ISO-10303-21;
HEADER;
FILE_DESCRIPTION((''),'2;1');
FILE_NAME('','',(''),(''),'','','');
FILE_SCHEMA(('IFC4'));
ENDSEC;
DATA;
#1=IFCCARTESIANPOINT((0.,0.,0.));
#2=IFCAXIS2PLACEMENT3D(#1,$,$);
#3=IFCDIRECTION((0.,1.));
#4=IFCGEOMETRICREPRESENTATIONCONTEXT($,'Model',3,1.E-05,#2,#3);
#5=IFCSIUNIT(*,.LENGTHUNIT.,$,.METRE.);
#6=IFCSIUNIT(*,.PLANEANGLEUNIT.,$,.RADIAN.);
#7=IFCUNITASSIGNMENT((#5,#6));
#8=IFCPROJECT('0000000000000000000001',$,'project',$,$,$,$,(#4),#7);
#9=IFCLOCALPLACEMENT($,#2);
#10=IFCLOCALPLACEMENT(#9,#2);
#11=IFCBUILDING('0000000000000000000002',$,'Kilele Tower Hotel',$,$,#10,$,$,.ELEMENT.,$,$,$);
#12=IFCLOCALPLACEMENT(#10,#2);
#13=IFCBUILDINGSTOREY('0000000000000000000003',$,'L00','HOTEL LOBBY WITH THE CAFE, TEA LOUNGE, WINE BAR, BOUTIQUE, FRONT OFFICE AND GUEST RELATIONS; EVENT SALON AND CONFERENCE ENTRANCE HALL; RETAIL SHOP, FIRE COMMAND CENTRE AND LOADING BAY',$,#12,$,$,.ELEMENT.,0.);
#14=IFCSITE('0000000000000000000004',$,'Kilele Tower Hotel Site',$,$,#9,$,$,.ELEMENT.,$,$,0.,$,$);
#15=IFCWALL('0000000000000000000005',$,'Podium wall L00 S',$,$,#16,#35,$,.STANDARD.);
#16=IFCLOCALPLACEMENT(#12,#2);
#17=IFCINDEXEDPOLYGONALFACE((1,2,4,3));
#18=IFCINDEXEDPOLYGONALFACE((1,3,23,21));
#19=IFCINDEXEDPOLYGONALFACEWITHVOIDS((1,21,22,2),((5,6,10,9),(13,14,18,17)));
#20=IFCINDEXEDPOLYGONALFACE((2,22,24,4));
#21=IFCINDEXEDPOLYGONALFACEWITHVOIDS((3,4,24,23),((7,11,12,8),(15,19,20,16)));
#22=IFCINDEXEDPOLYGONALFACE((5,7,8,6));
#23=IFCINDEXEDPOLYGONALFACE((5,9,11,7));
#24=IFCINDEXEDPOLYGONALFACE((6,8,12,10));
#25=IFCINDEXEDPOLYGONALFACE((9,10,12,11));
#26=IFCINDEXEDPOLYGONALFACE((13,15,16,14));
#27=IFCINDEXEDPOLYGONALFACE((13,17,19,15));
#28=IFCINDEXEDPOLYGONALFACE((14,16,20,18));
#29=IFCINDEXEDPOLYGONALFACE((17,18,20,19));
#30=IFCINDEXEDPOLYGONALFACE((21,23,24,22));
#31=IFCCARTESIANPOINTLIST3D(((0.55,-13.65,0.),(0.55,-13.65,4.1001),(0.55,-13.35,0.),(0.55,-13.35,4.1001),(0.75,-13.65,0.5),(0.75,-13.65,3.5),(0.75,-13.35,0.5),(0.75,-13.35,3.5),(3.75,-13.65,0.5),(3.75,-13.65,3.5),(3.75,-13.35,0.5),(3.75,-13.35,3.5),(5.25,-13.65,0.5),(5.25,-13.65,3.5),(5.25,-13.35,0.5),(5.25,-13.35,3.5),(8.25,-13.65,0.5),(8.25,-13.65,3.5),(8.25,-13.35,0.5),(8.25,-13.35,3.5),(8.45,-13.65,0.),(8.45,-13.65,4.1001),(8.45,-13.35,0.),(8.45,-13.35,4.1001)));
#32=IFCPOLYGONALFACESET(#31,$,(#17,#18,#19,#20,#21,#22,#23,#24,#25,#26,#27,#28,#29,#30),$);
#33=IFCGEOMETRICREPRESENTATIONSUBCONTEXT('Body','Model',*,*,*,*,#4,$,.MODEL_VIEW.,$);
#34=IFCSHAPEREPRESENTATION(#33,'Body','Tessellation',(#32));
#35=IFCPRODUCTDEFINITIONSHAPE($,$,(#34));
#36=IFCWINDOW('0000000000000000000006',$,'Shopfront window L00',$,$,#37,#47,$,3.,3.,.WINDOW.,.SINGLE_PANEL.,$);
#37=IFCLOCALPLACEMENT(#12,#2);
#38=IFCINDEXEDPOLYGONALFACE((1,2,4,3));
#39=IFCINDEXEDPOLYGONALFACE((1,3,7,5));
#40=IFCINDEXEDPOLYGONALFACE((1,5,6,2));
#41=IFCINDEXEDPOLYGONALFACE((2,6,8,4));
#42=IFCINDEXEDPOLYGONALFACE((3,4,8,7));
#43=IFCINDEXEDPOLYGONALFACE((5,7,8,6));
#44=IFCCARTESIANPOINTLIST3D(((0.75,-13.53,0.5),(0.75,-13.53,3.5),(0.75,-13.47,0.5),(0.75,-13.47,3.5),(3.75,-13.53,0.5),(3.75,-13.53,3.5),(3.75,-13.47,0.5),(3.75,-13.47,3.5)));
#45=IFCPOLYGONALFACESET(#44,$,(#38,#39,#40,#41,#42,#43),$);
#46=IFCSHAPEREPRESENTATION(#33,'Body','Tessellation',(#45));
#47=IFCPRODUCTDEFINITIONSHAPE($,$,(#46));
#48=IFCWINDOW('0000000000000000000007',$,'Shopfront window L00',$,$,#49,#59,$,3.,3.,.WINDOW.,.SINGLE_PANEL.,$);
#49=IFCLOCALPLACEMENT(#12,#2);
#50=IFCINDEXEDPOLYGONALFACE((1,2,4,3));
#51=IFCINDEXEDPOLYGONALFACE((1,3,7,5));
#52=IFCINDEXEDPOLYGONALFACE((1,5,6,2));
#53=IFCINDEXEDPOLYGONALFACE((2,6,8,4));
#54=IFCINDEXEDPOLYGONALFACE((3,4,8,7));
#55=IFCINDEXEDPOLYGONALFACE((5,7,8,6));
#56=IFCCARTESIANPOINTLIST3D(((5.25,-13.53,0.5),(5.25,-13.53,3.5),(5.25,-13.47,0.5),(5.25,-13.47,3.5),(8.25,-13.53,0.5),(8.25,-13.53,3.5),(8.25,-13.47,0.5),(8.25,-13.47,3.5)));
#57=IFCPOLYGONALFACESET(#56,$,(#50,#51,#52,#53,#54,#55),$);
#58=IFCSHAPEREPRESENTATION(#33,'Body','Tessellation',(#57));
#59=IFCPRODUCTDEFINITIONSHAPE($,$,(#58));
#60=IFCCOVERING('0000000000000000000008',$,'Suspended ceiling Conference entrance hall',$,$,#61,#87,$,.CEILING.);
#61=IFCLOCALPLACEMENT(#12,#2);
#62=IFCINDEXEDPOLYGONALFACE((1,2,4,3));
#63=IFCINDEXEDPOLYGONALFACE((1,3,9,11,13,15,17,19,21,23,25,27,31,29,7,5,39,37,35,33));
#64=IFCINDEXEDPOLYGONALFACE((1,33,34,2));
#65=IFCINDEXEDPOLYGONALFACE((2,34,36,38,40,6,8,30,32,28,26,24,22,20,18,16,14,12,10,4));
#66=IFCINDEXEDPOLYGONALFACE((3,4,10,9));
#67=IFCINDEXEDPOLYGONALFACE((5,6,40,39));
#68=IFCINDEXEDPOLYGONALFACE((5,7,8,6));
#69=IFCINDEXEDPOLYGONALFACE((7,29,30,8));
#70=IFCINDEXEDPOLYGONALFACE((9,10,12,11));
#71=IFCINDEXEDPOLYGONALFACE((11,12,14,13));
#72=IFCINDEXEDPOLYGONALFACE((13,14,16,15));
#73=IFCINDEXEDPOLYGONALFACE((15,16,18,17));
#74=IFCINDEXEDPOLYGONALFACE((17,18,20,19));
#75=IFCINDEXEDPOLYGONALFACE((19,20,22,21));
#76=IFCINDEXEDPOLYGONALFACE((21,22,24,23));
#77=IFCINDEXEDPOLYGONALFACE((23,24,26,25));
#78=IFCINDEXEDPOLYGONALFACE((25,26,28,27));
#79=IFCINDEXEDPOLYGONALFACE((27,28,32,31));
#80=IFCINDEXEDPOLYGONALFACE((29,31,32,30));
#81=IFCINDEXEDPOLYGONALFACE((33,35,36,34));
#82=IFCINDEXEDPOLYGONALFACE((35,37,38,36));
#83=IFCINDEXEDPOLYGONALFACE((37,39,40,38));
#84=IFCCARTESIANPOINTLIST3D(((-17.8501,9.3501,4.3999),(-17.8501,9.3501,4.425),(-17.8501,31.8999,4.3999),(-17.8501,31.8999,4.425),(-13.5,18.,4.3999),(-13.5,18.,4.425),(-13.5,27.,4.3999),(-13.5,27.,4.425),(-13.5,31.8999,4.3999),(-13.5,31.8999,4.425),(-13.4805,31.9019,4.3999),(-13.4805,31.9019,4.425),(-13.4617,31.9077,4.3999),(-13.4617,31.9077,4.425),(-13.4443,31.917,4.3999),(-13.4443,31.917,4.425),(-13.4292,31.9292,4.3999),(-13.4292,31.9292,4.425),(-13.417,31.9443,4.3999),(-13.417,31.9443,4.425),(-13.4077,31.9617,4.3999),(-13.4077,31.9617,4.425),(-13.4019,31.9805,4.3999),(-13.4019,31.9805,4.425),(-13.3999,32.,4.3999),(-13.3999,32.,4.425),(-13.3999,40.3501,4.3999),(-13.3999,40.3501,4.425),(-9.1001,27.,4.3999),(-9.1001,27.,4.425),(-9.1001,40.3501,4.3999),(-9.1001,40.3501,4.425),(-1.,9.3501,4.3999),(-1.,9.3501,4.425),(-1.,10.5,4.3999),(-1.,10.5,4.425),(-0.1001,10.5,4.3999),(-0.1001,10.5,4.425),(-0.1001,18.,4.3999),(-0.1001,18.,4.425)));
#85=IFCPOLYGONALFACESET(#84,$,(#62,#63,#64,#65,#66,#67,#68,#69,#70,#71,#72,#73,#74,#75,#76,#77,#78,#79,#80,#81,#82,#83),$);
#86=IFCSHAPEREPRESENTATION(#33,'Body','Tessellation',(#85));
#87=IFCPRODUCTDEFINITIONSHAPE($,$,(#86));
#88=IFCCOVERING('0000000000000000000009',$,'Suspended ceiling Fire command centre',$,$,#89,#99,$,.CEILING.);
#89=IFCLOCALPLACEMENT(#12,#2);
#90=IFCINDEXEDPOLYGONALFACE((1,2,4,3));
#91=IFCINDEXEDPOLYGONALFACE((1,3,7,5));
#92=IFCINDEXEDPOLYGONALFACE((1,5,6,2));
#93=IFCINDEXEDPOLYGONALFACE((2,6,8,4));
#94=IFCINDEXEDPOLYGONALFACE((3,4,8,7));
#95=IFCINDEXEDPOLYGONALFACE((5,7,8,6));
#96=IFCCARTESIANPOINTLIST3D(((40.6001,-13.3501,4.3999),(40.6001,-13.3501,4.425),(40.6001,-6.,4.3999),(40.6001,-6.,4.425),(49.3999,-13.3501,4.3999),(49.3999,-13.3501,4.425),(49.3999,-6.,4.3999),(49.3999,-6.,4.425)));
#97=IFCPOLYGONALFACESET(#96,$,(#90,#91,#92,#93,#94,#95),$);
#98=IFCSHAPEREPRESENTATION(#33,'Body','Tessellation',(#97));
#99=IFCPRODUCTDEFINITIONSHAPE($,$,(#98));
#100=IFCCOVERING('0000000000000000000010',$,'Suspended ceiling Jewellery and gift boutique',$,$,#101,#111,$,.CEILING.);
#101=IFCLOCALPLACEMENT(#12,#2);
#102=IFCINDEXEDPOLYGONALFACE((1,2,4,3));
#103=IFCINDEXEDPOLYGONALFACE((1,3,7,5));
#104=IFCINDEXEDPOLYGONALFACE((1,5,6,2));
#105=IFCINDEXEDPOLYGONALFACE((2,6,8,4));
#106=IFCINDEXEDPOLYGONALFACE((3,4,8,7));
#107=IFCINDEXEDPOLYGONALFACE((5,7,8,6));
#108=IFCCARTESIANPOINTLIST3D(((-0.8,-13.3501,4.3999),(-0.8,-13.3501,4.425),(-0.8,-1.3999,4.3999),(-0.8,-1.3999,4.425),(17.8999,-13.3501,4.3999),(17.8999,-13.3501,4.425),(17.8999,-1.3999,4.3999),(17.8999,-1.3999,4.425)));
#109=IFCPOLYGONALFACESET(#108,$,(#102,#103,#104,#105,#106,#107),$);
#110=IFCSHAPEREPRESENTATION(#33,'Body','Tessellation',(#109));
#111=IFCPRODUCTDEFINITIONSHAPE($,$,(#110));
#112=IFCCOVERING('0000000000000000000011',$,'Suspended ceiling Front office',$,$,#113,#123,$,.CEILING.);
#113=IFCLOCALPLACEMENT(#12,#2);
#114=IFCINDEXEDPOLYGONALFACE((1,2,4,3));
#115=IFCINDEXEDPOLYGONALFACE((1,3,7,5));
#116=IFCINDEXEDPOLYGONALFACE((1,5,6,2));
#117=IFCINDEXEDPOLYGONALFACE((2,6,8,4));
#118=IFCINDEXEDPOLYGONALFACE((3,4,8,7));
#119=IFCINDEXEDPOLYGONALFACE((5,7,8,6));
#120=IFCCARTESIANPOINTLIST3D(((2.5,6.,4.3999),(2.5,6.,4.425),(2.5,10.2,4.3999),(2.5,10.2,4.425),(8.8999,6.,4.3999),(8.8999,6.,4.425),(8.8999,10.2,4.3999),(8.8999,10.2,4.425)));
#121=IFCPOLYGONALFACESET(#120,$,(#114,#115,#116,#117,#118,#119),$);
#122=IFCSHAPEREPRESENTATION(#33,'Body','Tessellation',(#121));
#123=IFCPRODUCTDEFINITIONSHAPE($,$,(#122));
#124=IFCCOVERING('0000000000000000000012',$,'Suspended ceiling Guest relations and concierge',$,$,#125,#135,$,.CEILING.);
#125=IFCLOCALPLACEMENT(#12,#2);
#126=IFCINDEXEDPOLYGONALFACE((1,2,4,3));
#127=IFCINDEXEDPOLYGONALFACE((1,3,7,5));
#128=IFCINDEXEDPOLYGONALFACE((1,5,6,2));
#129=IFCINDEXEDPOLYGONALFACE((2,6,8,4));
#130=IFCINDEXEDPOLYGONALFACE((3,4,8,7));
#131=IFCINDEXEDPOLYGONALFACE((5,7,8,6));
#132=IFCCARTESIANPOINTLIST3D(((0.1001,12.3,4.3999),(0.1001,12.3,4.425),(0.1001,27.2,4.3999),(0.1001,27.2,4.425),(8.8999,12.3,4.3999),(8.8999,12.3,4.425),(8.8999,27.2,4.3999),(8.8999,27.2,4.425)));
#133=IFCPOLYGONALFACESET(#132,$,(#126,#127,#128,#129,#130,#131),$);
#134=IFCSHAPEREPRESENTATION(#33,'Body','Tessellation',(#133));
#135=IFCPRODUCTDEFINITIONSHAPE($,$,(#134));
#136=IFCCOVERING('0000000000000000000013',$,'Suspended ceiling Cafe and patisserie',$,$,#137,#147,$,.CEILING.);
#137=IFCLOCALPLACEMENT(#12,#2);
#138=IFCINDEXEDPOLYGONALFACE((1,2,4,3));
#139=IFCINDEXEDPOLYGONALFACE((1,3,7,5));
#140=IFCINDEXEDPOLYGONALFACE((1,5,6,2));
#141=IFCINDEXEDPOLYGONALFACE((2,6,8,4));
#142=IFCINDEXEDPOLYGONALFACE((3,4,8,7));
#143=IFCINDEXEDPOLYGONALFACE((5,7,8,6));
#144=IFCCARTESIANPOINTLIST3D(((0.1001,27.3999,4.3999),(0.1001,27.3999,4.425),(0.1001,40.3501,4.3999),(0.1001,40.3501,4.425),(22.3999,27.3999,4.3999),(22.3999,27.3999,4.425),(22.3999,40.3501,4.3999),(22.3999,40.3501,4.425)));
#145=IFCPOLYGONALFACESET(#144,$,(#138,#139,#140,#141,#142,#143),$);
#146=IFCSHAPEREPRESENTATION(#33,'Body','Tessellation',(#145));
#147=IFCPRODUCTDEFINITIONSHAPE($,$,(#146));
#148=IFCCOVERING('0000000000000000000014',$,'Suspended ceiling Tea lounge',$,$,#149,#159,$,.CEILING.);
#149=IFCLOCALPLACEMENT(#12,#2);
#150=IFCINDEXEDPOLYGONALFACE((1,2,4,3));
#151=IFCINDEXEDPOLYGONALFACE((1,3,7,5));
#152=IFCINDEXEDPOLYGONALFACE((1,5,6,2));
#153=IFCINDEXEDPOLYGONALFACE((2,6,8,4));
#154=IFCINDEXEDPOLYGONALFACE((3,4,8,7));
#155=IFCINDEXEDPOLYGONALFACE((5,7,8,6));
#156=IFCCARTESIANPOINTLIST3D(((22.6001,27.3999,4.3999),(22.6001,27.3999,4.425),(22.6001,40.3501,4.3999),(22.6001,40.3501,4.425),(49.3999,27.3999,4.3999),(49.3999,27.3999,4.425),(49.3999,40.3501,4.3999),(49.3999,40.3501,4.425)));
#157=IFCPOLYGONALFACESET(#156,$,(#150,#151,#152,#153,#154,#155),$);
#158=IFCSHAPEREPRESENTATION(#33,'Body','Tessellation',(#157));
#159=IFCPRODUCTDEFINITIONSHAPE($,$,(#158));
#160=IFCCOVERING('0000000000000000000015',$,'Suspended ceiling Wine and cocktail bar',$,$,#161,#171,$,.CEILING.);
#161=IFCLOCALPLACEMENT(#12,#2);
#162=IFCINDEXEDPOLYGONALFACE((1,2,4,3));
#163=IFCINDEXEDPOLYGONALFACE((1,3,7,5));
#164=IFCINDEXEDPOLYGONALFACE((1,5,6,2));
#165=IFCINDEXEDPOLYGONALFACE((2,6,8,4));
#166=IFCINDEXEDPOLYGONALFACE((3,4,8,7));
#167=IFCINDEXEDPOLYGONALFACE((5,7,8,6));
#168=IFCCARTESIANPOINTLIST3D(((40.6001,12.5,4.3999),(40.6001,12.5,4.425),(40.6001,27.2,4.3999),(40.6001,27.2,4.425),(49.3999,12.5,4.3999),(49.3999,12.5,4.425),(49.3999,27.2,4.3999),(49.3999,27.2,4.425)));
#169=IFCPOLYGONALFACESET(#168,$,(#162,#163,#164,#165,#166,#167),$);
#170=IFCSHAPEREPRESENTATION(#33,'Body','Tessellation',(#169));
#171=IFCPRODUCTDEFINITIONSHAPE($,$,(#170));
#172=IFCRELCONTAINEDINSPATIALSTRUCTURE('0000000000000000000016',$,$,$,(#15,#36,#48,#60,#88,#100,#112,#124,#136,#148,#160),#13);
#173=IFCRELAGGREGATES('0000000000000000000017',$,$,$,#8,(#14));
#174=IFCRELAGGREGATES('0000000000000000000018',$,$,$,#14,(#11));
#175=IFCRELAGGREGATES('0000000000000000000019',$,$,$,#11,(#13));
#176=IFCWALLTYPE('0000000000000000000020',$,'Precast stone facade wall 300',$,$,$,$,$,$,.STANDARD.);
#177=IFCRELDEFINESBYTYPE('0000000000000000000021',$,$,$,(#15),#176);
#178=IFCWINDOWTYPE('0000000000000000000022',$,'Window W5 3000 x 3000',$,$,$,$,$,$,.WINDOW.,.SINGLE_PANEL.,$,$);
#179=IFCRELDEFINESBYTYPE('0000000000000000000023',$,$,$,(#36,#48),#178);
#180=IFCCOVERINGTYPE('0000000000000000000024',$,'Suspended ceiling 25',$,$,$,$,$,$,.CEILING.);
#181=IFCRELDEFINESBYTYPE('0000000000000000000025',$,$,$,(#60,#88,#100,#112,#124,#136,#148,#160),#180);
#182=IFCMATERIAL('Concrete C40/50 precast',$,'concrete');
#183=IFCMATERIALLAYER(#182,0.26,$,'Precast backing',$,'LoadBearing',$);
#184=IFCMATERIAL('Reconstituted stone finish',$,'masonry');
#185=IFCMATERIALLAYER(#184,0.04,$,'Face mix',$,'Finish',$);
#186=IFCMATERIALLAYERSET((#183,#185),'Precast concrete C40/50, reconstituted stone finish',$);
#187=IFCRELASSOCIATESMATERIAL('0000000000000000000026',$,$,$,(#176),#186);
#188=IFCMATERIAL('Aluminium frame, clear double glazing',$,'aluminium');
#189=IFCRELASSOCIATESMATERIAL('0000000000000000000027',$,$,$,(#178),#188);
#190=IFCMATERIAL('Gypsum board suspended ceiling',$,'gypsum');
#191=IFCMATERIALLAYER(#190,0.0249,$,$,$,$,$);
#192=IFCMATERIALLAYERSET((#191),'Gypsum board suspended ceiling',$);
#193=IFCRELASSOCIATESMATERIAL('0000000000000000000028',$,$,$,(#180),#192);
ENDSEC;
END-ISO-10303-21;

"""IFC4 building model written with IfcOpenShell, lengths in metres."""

from ifc_helpers import new_model, si_unit, direction, frame, frame_2d, origin, place, context, subcontext, project, spatial, polyline, rectangle, outline, extrude, material, layer, layer_set, type_object, element, fill, save


model = new_model("IFC4")

# Units and contexts
model_context = context("Model", 3, precision=1e-05, world=origin(), true_north=direction((0.0, 1.0)))
body_context = subcontext(model_context, "Body", "Model", "MODEL_VIEW")
ifc_project = project(units=[si_unit("LENGTHUNIT", "METRE"), si_unit("PLANEANGLEUNIT", "RADIAN")], contexts=[model_context])

# Site, building, storey
site_placement = place(None, origin())
site = spatial("IfcSite", under=ifc_project, at=site_placement, Name="Kilele Tower Hotel Site", CompositionType="ELEMENT", RefElevation=0.0)
building_placement = place(site_placement, origin())
building = spatial("IfcBuilding", under=site, at=building_placement, Name="Kilele Tower Hotel", CompositionType="ELEMENT")
storey_placement = place(building_placement, origin())
storey = spatial("IfcBuildingStorey", under=building, at=storey_placement, Name="L00", Description="HOTEL LOBBY WITH THE CAFE, TEA LOUNGE, WINE BAR, BOUTIQUE, FRONT OFFICE AND GUEST RELATIONS; EVENT SALON AND CONFERENCE ENTRANCE HALL; RETAIL SHOP, FIRE COMMAND CENTRE AND LOADING BAY", CompositionType="ELEMENT", Elevation=0.0)

# Wall, openings, windows
ifc_material_1 = material(Name="Concrete C40/50 precast", Category="concrete")
ifc_layer_1 = layer(ifc_material_1, 0.26, Name="Precast backing", Category="LoadBearing")
ifc_material_2 = material(Name="Reconstituted stone finish", Category="masonry")
ifc_layer_2 = layer(ifc_material_2, 0.04, Name="Face mix", Category="Finish")
ifc_layer_set_1 = layer_set([ifc_layer_1, ifc_layer_2], Name="Precast concrete C40/50, reconstituted stone finish")
wall_type_1 = type_object("IfcWallType", Name="Precast stone facade wall 300", PredefinedType="STANDARD", material=ifc_layer_set_1)
wall_1_placement = place(storey_placement, frame((0.55, -13.5, 0.0), z_axis=(0.0, 0.0, 1.0), x_axis=(1.0, 0.0, 0.0)))
wall_1 = element("IfcWall", 1, at=wall_1_placement, inside=storey, type_object=wall_type_1, Name="Podium wall L00 S", PredefinedType="STANDARD", context=body_context, shape_type="SweptSolid", body=[
    extrude(rectangle(XDim=7.8999, YDim=0.3, at=frame_2d((3.95, 0.0))), origin(), (0.0, 0.0, 1.0), 4.1001),
])
opening_1_placement = place(wall_1_placement, frame((0.2, 0.0, 0.5)))
opening_1 = element("IfcOpeningElement", 2, at=opening_1_placement, cuts=wall_1, PredefinedType="OPENING", context=body_context, shape_type="SweptSolid", body=[
    extrude(rectangle(XDim=3.0, YDim=3.0, at=frame_2d((1.5, 1.5))), frame((0.0, 0.1599, 0.0), z_axis=(0.0, -1.0, 0.0), x_axis=(1.0, 0.0, 0.0)), (0.0, 0.0, 1.0), 0.3201),
])
opening_2_placement = place(wall_1_placement, frame((4.7, 0.0, 0.5)))
opening_2 = element("IfcOpeningElement", 3, at=opening_2_placement, cuts=wall_1, PredefinedType="OPENING", context=body_context, shape_type="SweptSolid", body=[
    extrude(rectangle(XDim=3.0, YDim=3.0, at=frame_2d((1.5, 1.5))), frame((0.0, 0.1599, 0.0), z_axis=(0.0, -1.0, 0.0), x_axis=(1.0, 0.0, 0.0)), (0.0, 0.0, 1.0), 0.3201),
])
ifc_material_3 = material(Name="Aluminium frame, clear double glazing", Category="aluminium")
window_type = type_object("IfcWindowType", Name="Window W5 3000 x 3000", PartitioningType="SINGLE_PANEL", PredefinedType="WINDOW", material=ifc_material_3)
window_1_placement = place(opening_1_placement, origin())
window_1 = element("IfcWindow", 4, at=window_1_placement, inside=storey, type_object=window_type, Name="Shopfront window L00", OverallHeight=3.0, OverallWidth=3.0, PartitioningType="SINGLE_PANEL", PredefinedType="WINDOW", context=body_context, shape_type="SweptSolid", body=[
    extrude(rectangle(XDim=3.0, YDim=3.0, at=frame_2d((1.5, 1.5))), frame((0.0, 0.03, 0.0), z_axis=(0.0, -1.0, 0.0), x_axis=(1.0, 0.0, 0.0)), (0.0, 0.0, 1.0), 0.0601),
])
fill(opening_1, window_1)
window_2_placement = place(opening_2_placement, origin())
window_2 = element("IfcWindow", 5, at=window_2_placement, inside=storey, type_object=window_type, Name="Shopfront window L00", OverallHeight=3.0, OverallWidth=3.0, PartitioningType="SINGLE_PANEL", PredefinedType="WINDOW", context=body_context, shape_type="SweptSolid", body=[
    extrude(rectangle(XDim=3.0, YDim=3.0, at=frame_2d((1.5, 1.5))), frame((0.0, 0.03, 0.0), z_axis=(0.0, -1.0, 0.0), x_axis=(1.0, 0.0, 0.0)), (0.0, 0.0, 1.0), 0.0601),
])
fill(opening_2, window_2)

# Coverings
ifc_material_4 = material(Name="Gypsum board suspended ceiling", Category="gypsum")
ifc_layer_3 = layer(ifc_material_4, 0.0249)
ifc_layer_set_2 = layer_set([ifc_layer_3], Name="Gypsum board suspended ceiling")
covering_type = type_object("IfcCoveringType", Name="Suspended ceiling 25", PredefinedType="CEILING", material=ifc_layer_set_2)
covering_1_placement = place(storey_placement, frame((0.0, 0.0, 4.3999)))
element("IfcCovering", 6, at=covering_1_placement, inside=storey, type_object=covering_type, Name="Suspended ceiling Conference entrance hall", PredefinedType="CEILING", context=body_context, shape_type="SweptSolid", body=[
    extrude(outline(polyline([(-17.8501, 31.8999), (-13.5, 31.8999), (-13.4805, 31.9019), (-13.4617, 31.9077), (-13.4443, 31.917), (-13.4292, 31.9292), (-13.417, 31.9443), (-13.4077, 31.9617), (-13.4019, 31.9805), (-13.3999, 32.0), (-13.3999, 40.3501), (-9.1001, 40.3501), (-9.1001, 27.0), (-13.5, 27.0), (-13.5, 18.0), (-0.1001, 18.0), (-0.1001, 10.5), (-1.0, 10.5), (-1.0, 9.3501), (-17.8501, 9.3501), (-17.8501, 31.8999)])), origin(), (0.0, 0.0, 1.0), 0.0251),
])
covering_2_placement = place(storey_placement, frame((0.0, 0.0, 4.3999)))
element("IfcCovering", 7, at=covering_2_placement, inside=storey, type_object=covering_type, Name="Suspended ceiling Fire command centre", PredefinedType="CEILING", context=body_context, shape_type="SweptSolid", body=[
    extrude(outline(polyline([(49.3999, -13.3501), (40.6001, -13.3501), (40.6001, -6.0), (49.3999, -6.0), (49.3999, -13.3501)])), origin(), (0.0, 0.0, 1.0), 0.0251),
])
covering_3_placement = place(storey_placement, frame((0.0, 0.0, 4.3999)))
element("IfcCovering", 8, at=covering_3_placement, inside=storey, type_object=covering_type, Name="Suspended ceiling Jewellery and gift boutique", PredefinedType="CEILING", context=body_context, shape_type="SweptSolid", body=[
    extrude(outline(polyline([(17.8999, -13.3501), (-0.8, -13.3501), (-0.8, -1.3999), (17.8999, -1.3999), (17.8999, -13.3501)])), origin(), (0.0, 0.0, 1.0), 0.0251),
])
covering_4_placement = place(storey_placement, frame((0.0, 0.0, 4.3999)))
element("IfcCovering", 9, at=covering_4_placement, inside=storey, type_object=covering_type, Name="Suspended ceiling Front office", PredefinedType="CEILING", context=body_context, shape_type="SweptSolid", body=[
    extrude(outline(polyline([(8.8999, 6.0), (2.5, 6.0), (2.5, 10.2), (8.8999, 10.2), (8.8999, 6.0)])), origin(), (0.0, 0.0, 1.0), 0.0251),
])
covering_5_placement = place(storey_placement, frame((0.0, 0.0, 4.3999)))
element("IfcCovering", 10, at=covering_5_placement, inside=storey, type_object=covering_type, Name="Suspended ceiling Guest relations and concierge", PredefinedType="CEILING", context=body_context, shape_type="SweptSolid", body=[
    extrude(outline(polyline([(8.8999, 12.3), (0.1001, 12.3), (0.1001, 27.2), (8.8999, 27.2), (8.8999, 12.3)])), origin(), (0.0, 0.0, 1.0), 0.0251),
])
covering_6_placement = place(storey_placement, frame((0.0, 0.0, 4.3999)))
element("IfcCovering", 11, at=covering_6_placement, inside=storey, type_object=covering_type, Name="Suspended ceiling Cafe and patisserie", PredefinedType="CEILING", context=body_context, shape_type="SweptSolid", body=[
    extrude(outline(polyline([(22.3999, 27.3999), (0.1001, 27.3999), (0.1001, 40.3501), (22.3999, 40.3501), (22.3999, 27.3999)])), origin(), (0.0, 0.0, 1.0), 0.0251),
])
covering_7_placement = place(storey_placement, frame((0.0, 0.0, 4.3999)))
element("IfcCovering", 12, at=covering_7_placement, inside=storey, type_object=covering_type, Name="Suspended ceiling Tea lounge", PredefinedType="CEILING", context=body_context, shape_type="SweptSolid", body=[
    extrude(outline(polyline([(49.3999, 27.3999), (22.6001, 27.3999), (22.6001, 40.3501), (49.3999, 40.3501), (49.3999, 27.3999)])), origin(), (0.0, 0.0, 1.0), 0.0251),
])
covering_8_placement = place(storey_placement, frame((0.0, 0.0, 4.3999)))
element("IfcCovering", 13, at=covering_8_placement, inside=storey, type_object=covering_type, Name="Suspended ceiling Wine and cocktail bar", PredefinedType="CEILING", context=body_context, shape_type="SweptSolid", body=[
    extrude(outline(polyline([(49.3999, 12.5), (40.6001, 12.5), (40.6001, 27.2), (49.3999, 27.2), (49.3999, 12.5)])), origin(), (0.0, 0.0, 1.0), 0.0251),
])

save(model, "model.ifc")
